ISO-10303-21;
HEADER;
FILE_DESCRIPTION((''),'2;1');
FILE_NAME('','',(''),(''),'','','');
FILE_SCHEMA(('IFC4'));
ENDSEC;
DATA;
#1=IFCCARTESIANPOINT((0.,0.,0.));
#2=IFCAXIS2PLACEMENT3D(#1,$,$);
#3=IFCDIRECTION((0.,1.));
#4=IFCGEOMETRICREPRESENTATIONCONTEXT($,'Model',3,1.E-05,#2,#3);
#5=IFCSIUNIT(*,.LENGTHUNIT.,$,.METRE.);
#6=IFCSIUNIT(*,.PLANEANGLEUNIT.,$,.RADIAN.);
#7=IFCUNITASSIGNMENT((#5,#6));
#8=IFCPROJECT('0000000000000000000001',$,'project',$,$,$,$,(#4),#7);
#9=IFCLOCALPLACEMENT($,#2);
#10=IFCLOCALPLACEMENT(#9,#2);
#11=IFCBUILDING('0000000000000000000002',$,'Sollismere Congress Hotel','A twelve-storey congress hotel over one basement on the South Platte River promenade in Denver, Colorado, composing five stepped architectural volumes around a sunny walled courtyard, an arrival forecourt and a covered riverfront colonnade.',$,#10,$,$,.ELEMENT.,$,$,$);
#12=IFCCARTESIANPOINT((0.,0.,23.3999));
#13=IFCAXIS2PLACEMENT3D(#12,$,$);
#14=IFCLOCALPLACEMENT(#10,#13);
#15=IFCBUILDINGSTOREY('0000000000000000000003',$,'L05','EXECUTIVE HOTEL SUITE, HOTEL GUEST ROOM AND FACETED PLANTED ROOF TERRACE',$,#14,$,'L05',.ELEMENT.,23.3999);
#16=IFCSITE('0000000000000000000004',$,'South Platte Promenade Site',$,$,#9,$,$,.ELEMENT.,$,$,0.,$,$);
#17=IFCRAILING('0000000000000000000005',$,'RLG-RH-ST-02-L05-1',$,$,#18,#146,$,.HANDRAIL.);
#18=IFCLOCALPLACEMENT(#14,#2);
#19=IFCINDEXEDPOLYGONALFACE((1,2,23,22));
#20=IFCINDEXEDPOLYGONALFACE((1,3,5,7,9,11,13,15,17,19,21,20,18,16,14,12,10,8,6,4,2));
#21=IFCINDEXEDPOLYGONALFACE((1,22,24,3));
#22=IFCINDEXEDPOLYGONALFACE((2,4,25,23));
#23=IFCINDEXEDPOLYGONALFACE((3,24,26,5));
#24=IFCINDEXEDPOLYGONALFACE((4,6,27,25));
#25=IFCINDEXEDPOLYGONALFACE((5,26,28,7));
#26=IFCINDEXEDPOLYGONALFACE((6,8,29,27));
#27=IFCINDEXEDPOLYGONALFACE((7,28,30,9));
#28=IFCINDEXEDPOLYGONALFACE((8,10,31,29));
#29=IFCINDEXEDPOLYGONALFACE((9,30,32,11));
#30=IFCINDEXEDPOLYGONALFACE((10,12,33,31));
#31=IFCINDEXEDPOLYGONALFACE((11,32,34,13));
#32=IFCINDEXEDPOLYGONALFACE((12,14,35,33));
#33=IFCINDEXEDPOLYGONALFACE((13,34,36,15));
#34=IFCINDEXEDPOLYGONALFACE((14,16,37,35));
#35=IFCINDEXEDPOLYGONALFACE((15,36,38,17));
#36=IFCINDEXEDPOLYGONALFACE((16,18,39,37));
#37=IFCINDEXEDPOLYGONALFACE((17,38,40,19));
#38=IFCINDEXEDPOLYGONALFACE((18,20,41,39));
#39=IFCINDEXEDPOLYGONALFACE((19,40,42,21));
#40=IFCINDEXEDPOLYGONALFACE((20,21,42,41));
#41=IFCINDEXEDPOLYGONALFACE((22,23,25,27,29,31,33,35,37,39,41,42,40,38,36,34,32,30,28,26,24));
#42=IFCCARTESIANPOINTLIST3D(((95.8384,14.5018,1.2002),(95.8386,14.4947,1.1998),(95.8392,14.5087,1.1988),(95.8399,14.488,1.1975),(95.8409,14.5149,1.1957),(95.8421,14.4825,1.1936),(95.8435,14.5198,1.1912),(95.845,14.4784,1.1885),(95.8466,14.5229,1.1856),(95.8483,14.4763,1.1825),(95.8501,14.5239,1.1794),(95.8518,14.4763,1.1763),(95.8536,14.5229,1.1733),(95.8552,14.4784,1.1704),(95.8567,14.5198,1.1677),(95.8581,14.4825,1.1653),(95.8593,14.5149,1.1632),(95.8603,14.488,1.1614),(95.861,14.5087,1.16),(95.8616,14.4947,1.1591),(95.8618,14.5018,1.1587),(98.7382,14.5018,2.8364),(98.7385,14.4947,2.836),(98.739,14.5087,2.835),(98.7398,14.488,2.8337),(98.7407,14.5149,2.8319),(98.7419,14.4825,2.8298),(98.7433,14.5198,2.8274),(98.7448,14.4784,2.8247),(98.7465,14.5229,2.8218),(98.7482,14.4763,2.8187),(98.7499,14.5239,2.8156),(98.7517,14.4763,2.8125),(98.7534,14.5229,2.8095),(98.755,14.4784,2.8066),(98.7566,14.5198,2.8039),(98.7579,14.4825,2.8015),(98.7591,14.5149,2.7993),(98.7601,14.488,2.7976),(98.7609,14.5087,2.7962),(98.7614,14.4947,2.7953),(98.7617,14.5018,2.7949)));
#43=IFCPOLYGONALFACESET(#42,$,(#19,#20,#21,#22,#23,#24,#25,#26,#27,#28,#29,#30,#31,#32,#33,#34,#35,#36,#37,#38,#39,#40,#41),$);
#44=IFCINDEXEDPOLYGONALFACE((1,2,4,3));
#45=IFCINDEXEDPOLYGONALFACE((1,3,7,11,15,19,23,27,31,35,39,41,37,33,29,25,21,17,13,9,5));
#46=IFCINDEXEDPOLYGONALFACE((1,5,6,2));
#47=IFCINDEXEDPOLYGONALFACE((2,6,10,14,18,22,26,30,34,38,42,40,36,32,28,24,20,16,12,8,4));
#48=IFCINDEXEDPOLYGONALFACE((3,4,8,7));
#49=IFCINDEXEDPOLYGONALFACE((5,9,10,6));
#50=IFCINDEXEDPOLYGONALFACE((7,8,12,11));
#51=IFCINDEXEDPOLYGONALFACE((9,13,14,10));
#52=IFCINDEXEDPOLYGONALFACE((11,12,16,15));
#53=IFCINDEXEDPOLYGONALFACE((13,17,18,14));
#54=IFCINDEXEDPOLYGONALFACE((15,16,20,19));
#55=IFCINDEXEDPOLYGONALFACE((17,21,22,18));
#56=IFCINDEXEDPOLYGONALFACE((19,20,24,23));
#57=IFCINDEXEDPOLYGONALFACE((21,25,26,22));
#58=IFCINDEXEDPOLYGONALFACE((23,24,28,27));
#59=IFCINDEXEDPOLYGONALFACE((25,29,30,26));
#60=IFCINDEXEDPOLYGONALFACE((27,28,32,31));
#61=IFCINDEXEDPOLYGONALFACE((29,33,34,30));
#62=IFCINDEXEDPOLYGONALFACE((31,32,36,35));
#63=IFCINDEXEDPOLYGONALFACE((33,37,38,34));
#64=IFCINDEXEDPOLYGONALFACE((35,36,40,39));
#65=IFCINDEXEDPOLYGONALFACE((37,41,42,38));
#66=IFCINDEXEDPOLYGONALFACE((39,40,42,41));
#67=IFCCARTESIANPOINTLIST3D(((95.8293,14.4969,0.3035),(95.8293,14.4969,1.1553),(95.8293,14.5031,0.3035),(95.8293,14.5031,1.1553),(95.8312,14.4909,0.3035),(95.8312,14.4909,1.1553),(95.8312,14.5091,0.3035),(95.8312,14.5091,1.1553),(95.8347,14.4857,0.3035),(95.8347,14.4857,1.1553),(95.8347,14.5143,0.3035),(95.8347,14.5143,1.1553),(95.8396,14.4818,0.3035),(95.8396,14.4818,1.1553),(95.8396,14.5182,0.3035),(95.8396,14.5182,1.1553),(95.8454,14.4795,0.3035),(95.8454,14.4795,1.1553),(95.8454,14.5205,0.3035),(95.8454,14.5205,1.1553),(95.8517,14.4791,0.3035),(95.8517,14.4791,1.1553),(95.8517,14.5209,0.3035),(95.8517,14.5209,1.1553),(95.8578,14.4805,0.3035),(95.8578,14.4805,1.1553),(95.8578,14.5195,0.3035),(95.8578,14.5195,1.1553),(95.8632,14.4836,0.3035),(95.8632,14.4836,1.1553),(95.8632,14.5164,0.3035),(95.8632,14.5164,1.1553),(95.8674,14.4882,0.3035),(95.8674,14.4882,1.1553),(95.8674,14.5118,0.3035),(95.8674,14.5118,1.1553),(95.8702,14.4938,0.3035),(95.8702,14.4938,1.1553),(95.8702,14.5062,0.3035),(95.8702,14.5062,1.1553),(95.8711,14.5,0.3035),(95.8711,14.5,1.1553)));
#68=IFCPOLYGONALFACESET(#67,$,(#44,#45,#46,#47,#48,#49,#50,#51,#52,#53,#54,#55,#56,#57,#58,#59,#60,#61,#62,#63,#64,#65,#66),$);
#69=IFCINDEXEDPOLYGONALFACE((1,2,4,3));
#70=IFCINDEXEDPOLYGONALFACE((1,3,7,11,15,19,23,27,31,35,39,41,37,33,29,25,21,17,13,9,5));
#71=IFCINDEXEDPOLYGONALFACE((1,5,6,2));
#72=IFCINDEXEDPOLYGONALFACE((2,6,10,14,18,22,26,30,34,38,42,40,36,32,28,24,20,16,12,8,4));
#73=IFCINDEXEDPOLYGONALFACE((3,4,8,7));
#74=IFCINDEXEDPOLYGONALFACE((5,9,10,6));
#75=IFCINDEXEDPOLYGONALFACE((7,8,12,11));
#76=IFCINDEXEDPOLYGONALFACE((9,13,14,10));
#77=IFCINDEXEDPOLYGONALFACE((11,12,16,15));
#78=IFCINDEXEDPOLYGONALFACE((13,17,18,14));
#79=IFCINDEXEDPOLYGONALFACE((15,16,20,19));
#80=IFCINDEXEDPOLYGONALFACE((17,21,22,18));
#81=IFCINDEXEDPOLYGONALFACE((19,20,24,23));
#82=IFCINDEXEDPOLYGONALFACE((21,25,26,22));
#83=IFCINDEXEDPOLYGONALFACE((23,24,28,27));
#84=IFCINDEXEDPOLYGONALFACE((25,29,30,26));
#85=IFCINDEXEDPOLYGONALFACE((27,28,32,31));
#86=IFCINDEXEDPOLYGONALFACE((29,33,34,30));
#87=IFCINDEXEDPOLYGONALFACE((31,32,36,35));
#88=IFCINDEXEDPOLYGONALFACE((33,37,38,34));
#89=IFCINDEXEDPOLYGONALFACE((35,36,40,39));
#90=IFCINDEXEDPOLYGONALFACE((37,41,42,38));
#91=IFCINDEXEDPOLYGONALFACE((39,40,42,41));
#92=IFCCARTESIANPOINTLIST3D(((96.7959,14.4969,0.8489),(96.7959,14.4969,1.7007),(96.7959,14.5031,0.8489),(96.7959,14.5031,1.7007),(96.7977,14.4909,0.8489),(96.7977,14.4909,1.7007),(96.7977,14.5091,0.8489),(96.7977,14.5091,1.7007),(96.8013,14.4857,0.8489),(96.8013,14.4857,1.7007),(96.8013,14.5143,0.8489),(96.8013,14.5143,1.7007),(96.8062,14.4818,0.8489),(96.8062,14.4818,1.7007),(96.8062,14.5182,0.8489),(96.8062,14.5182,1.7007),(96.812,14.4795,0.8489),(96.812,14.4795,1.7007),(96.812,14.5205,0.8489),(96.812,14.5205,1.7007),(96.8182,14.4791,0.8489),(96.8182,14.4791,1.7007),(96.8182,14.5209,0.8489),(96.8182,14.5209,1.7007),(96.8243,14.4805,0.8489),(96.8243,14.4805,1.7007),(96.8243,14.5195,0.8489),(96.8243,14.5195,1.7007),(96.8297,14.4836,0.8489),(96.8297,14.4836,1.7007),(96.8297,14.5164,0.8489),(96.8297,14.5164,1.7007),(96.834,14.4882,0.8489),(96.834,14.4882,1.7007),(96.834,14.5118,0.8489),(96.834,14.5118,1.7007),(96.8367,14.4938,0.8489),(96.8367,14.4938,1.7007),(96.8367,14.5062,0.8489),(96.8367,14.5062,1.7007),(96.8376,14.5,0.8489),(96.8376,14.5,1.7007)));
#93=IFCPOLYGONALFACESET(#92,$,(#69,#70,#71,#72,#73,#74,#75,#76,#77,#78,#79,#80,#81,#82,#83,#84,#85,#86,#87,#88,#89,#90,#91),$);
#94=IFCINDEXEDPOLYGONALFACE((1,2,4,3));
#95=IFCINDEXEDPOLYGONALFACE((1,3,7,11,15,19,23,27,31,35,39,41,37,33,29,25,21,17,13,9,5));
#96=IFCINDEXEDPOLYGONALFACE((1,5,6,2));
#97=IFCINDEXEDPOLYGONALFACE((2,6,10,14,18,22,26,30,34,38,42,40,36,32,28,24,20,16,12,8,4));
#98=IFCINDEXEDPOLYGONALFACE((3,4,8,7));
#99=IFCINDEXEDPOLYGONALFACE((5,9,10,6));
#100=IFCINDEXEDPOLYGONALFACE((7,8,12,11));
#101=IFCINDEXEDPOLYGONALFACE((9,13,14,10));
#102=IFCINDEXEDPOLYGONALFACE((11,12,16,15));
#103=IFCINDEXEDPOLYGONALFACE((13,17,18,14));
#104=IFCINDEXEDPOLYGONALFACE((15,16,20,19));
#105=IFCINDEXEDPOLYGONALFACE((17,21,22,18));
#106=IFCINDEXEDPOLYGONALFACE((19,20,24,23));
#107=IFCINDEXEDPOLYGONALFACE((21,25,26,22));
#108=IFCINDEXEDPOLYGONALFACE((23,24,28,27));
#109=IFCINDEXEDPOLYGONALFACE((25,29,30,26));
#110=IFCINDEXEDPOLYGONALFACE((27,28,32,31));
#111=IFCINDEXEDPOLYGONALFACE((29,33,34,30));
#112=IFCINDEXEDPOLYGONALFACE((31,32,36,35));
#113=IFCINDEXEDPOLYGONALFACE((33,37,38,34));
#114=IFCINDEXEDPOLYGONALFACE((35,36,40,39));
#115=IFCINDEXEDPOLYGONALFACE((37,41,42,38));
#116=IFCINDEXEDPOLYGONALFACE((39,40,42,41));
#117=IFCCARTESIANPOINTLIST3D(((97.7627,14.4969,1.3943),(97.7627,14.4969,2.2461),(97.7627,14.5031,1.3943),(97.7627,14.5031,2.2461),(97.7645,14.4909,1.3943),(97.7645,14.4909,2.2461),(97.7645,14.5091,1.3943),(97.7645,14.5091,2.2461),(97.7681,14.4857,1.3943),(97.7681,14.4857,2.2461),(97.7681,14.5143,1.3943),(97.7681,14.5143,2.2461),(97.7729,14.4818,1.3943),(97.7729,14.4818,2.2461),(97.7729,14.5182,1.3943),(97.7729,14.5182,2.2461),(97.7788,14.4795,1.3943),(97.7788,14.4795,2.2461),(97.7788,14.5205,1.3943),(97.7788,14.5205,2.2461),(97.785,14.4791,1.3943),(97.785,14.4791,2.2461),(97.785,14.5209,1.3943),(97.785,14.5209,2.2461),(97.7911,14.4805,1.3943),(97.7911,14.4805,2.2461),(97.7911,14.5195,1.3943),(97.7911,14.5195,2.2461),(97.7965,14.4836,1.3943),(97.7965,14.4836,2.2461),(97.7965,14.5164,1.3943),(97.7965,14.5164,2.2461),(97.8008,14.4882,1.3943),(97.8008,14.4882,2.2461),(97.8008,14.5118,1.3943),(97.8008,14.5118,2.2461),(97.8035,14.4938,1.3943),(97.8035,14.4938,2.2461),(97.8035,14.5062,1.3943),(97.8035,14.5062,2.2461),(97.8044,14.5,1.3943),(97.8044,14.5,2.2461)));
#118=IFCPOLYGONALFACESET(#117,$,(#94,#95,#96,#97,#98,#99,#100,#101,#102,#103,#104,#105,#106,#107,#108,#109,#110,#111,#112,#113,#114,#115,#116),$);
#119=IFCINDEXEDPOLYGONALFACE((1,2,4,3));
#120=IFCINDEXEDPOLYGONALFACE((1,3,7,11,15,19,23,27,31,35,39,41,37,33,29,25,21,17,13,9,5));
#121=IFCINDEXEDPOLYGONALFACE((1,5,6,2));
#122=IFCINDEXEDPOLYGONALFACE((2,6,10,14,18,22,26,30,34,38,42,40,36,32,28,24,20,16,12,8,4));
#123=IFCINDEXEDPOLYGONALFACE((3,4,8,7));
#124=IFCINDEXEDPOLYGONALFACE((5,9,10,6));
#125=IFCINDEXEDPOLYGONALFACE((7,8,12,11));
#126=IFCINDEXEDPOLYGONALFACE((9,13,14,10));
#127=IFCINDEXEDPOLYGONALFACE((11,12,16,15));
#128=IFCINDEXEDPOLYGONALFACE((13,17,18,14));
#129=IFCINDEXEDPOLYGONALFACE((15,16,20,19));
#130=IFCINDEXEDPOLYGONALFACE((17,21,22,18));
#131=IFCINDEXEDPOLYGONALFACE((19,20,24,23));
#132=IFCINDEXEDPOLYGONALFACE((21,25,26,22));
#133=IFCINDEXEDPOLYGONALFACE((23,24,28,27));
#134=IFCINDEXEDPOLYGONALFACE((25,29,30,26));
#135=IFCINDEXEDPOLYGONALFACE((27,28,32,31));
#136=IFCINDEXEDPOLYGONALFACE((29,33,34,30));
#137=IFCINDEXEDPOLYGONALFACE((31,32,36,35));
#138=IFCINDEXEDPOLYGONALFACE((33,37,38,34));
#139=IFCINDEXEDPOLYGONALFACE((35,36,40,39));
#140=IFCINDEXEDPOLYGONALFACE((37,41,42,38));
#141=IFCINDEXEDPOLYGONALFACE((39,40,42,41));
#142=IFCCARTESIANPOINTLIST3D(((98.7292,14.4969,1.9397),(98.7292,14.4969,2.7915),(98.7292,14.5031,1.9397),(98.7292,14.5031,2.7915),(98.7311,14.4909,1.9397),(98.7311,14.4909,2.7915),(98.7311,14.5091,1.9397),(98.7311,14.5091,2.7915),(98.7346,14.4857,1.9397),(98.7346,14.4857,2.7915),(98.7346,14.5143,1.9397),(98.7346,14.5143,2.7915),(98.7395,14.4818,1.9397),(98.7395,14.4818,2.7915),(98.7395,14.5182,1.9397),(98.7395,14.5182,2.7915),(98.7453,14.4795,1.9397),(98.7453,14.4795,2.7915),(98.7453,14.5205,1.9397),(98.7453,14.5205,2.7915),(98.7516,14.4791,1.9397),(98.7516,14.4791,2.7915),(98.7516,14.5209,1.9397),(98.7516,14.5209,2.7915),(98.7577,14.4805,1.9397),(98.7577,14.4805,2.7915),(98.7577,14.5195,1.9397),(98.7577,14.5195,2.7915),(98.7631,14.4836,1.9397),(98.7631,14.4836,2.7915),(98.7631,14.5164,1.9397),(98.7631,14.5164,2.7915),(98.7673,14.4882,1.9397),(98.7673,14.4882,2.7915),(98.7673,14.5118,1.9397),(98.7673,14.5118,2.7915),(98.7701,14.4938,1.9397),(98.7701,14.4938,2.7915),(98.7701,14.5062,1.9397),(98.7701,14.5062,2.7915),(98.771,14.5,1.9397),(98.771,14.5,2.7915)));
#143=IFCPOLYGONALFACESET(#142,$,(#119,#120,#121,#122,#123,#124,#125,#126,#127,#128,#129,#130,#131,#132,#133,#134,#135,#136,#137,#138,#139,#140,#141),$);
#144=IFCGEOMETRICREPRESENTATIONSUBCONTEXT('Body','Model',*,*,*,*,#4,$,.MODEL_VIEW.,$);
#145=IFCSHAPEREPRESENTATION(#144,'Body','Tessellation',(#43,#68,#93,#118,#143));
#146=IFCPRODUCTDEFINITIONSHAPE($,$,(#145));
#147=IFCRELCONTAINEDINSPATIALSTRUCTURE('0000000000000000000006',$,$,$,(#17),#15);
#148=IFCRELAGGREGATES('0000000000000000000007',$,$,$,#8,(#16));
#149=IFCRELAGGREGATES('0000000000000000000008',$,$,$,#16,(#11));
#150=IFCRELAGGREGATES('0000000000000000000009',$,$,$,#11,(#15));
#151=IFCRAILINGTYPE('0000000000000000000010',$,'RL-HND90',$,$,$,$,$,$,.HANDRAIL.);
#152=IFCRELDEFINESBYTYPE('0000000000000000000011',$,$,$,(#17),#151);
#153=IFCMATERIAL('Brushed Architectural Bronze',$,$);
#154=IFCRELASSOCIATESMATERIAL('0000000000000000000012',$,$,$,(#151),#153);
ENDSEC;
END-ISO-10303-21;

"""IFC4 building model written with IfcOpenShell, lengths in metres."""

from ifc_helpers import new_model, si_unit, direction, frame, origin, origin_2d, place, context, subcontext, project, spatial, circle, extrude, material, type_object, element, save


model = new_model("IFC4")

# Units and contexts
model_context = context("Model", 3, precision=1e-05, world=origin(), true_north=direction((0.0, 1.0)))
body_context = subcontext(model_context, "Body", "Model", "MODEL_VIEW")
ifc_project = project(units=[si_unit("LENGTHUNIT", "METRE"), si_unit("PLANEANGLEUNIT", "RADIAN")], contexts=[model_context])

# Site, building, storey
site_placement = place(None, origin())
site = spatial("IfcSite", under=ifc_project, at=site_placement, Name="South Platte Promenade Site", CompositionType="ELEMENT", RefElevation=0.0)
building_placement = place(site_placement, origin())
building = spatial("IfcBuilding", under=site, at=building_placement, Name="Sollismere Congress Hotel", Description="A twelve-storey congress hotel over one basement on the South Platte River promenade in Denver, Colorado, composing five stepped architectural volumes around a sunny walled courtyard, an arrival forecourt and a covered riverfront colonnade.", CompositionType="ELEMENT")
storey_placement = place(building_placement, frame((0.0, 0.0, 23.3999)))
storey = spatial("IfcBuildingStorey", under=building, at=storey_placement, Name="L05", Description="EXECUTIVE HOTEL SUITE, HOTEL GUEST ROOM AND FACETED PLANTED ROOF TERRACE", LongName="L05", CompositionType="ELEMENT", Elevation=23.3999)

# Railing
ifc_material_1 = material(Name="Brushed Architectural Bronze")
railing_type_1 = type_object("IfcRailingType", Name="RL-HND90", PredefinedType="HANDRAIL", material=ifc_material_1)
railing_1_placement = place(storey_placement, frame((95.8501, 14.5, 0.3035)))
element("IfcRailing", 1, at=railing_1_placement, inside=storey, type_object=railing_type_1, Name="RLG-RH-ST-02-L05-1", PredefinedType="HANDRAIL", context=body_context, shape_type="SweptSolid", body=[
    extrude(circle(Radius=0.0239, at=origin_2d()), frame((0.0, 0.0, 0.876), z_axis=(0.870929, 0.0, 0.49141), x_axis=(0.0, 1.0, 0.0)), (0.0, 0.0, 1.0), 3.3296),
    extrude(circle(Radius=0.021, at=origin_2d()), origin(), (0.0, 0.0, 1.0), 0.8518),
    extrude(circle(Radius=0.021, at=origin_2d()), frame((0.9666, 0.0, 0.5454)), (0.0, 0.0, 1.0), 0.8518),
    extrude(circle(Radius=0.021, at=origin_2d()), frame((1.9333, 0.0, 1.0908)), (0.0, 0.0, 1.0), 0.8518),
    extrude(circle(Radius=0.021, at=origin_2d()), frame((2.8999, 0.0, 1.6362)), (0.0, 0.0, 1.0), 0.8518),
])

save(model, "model.ifc")
